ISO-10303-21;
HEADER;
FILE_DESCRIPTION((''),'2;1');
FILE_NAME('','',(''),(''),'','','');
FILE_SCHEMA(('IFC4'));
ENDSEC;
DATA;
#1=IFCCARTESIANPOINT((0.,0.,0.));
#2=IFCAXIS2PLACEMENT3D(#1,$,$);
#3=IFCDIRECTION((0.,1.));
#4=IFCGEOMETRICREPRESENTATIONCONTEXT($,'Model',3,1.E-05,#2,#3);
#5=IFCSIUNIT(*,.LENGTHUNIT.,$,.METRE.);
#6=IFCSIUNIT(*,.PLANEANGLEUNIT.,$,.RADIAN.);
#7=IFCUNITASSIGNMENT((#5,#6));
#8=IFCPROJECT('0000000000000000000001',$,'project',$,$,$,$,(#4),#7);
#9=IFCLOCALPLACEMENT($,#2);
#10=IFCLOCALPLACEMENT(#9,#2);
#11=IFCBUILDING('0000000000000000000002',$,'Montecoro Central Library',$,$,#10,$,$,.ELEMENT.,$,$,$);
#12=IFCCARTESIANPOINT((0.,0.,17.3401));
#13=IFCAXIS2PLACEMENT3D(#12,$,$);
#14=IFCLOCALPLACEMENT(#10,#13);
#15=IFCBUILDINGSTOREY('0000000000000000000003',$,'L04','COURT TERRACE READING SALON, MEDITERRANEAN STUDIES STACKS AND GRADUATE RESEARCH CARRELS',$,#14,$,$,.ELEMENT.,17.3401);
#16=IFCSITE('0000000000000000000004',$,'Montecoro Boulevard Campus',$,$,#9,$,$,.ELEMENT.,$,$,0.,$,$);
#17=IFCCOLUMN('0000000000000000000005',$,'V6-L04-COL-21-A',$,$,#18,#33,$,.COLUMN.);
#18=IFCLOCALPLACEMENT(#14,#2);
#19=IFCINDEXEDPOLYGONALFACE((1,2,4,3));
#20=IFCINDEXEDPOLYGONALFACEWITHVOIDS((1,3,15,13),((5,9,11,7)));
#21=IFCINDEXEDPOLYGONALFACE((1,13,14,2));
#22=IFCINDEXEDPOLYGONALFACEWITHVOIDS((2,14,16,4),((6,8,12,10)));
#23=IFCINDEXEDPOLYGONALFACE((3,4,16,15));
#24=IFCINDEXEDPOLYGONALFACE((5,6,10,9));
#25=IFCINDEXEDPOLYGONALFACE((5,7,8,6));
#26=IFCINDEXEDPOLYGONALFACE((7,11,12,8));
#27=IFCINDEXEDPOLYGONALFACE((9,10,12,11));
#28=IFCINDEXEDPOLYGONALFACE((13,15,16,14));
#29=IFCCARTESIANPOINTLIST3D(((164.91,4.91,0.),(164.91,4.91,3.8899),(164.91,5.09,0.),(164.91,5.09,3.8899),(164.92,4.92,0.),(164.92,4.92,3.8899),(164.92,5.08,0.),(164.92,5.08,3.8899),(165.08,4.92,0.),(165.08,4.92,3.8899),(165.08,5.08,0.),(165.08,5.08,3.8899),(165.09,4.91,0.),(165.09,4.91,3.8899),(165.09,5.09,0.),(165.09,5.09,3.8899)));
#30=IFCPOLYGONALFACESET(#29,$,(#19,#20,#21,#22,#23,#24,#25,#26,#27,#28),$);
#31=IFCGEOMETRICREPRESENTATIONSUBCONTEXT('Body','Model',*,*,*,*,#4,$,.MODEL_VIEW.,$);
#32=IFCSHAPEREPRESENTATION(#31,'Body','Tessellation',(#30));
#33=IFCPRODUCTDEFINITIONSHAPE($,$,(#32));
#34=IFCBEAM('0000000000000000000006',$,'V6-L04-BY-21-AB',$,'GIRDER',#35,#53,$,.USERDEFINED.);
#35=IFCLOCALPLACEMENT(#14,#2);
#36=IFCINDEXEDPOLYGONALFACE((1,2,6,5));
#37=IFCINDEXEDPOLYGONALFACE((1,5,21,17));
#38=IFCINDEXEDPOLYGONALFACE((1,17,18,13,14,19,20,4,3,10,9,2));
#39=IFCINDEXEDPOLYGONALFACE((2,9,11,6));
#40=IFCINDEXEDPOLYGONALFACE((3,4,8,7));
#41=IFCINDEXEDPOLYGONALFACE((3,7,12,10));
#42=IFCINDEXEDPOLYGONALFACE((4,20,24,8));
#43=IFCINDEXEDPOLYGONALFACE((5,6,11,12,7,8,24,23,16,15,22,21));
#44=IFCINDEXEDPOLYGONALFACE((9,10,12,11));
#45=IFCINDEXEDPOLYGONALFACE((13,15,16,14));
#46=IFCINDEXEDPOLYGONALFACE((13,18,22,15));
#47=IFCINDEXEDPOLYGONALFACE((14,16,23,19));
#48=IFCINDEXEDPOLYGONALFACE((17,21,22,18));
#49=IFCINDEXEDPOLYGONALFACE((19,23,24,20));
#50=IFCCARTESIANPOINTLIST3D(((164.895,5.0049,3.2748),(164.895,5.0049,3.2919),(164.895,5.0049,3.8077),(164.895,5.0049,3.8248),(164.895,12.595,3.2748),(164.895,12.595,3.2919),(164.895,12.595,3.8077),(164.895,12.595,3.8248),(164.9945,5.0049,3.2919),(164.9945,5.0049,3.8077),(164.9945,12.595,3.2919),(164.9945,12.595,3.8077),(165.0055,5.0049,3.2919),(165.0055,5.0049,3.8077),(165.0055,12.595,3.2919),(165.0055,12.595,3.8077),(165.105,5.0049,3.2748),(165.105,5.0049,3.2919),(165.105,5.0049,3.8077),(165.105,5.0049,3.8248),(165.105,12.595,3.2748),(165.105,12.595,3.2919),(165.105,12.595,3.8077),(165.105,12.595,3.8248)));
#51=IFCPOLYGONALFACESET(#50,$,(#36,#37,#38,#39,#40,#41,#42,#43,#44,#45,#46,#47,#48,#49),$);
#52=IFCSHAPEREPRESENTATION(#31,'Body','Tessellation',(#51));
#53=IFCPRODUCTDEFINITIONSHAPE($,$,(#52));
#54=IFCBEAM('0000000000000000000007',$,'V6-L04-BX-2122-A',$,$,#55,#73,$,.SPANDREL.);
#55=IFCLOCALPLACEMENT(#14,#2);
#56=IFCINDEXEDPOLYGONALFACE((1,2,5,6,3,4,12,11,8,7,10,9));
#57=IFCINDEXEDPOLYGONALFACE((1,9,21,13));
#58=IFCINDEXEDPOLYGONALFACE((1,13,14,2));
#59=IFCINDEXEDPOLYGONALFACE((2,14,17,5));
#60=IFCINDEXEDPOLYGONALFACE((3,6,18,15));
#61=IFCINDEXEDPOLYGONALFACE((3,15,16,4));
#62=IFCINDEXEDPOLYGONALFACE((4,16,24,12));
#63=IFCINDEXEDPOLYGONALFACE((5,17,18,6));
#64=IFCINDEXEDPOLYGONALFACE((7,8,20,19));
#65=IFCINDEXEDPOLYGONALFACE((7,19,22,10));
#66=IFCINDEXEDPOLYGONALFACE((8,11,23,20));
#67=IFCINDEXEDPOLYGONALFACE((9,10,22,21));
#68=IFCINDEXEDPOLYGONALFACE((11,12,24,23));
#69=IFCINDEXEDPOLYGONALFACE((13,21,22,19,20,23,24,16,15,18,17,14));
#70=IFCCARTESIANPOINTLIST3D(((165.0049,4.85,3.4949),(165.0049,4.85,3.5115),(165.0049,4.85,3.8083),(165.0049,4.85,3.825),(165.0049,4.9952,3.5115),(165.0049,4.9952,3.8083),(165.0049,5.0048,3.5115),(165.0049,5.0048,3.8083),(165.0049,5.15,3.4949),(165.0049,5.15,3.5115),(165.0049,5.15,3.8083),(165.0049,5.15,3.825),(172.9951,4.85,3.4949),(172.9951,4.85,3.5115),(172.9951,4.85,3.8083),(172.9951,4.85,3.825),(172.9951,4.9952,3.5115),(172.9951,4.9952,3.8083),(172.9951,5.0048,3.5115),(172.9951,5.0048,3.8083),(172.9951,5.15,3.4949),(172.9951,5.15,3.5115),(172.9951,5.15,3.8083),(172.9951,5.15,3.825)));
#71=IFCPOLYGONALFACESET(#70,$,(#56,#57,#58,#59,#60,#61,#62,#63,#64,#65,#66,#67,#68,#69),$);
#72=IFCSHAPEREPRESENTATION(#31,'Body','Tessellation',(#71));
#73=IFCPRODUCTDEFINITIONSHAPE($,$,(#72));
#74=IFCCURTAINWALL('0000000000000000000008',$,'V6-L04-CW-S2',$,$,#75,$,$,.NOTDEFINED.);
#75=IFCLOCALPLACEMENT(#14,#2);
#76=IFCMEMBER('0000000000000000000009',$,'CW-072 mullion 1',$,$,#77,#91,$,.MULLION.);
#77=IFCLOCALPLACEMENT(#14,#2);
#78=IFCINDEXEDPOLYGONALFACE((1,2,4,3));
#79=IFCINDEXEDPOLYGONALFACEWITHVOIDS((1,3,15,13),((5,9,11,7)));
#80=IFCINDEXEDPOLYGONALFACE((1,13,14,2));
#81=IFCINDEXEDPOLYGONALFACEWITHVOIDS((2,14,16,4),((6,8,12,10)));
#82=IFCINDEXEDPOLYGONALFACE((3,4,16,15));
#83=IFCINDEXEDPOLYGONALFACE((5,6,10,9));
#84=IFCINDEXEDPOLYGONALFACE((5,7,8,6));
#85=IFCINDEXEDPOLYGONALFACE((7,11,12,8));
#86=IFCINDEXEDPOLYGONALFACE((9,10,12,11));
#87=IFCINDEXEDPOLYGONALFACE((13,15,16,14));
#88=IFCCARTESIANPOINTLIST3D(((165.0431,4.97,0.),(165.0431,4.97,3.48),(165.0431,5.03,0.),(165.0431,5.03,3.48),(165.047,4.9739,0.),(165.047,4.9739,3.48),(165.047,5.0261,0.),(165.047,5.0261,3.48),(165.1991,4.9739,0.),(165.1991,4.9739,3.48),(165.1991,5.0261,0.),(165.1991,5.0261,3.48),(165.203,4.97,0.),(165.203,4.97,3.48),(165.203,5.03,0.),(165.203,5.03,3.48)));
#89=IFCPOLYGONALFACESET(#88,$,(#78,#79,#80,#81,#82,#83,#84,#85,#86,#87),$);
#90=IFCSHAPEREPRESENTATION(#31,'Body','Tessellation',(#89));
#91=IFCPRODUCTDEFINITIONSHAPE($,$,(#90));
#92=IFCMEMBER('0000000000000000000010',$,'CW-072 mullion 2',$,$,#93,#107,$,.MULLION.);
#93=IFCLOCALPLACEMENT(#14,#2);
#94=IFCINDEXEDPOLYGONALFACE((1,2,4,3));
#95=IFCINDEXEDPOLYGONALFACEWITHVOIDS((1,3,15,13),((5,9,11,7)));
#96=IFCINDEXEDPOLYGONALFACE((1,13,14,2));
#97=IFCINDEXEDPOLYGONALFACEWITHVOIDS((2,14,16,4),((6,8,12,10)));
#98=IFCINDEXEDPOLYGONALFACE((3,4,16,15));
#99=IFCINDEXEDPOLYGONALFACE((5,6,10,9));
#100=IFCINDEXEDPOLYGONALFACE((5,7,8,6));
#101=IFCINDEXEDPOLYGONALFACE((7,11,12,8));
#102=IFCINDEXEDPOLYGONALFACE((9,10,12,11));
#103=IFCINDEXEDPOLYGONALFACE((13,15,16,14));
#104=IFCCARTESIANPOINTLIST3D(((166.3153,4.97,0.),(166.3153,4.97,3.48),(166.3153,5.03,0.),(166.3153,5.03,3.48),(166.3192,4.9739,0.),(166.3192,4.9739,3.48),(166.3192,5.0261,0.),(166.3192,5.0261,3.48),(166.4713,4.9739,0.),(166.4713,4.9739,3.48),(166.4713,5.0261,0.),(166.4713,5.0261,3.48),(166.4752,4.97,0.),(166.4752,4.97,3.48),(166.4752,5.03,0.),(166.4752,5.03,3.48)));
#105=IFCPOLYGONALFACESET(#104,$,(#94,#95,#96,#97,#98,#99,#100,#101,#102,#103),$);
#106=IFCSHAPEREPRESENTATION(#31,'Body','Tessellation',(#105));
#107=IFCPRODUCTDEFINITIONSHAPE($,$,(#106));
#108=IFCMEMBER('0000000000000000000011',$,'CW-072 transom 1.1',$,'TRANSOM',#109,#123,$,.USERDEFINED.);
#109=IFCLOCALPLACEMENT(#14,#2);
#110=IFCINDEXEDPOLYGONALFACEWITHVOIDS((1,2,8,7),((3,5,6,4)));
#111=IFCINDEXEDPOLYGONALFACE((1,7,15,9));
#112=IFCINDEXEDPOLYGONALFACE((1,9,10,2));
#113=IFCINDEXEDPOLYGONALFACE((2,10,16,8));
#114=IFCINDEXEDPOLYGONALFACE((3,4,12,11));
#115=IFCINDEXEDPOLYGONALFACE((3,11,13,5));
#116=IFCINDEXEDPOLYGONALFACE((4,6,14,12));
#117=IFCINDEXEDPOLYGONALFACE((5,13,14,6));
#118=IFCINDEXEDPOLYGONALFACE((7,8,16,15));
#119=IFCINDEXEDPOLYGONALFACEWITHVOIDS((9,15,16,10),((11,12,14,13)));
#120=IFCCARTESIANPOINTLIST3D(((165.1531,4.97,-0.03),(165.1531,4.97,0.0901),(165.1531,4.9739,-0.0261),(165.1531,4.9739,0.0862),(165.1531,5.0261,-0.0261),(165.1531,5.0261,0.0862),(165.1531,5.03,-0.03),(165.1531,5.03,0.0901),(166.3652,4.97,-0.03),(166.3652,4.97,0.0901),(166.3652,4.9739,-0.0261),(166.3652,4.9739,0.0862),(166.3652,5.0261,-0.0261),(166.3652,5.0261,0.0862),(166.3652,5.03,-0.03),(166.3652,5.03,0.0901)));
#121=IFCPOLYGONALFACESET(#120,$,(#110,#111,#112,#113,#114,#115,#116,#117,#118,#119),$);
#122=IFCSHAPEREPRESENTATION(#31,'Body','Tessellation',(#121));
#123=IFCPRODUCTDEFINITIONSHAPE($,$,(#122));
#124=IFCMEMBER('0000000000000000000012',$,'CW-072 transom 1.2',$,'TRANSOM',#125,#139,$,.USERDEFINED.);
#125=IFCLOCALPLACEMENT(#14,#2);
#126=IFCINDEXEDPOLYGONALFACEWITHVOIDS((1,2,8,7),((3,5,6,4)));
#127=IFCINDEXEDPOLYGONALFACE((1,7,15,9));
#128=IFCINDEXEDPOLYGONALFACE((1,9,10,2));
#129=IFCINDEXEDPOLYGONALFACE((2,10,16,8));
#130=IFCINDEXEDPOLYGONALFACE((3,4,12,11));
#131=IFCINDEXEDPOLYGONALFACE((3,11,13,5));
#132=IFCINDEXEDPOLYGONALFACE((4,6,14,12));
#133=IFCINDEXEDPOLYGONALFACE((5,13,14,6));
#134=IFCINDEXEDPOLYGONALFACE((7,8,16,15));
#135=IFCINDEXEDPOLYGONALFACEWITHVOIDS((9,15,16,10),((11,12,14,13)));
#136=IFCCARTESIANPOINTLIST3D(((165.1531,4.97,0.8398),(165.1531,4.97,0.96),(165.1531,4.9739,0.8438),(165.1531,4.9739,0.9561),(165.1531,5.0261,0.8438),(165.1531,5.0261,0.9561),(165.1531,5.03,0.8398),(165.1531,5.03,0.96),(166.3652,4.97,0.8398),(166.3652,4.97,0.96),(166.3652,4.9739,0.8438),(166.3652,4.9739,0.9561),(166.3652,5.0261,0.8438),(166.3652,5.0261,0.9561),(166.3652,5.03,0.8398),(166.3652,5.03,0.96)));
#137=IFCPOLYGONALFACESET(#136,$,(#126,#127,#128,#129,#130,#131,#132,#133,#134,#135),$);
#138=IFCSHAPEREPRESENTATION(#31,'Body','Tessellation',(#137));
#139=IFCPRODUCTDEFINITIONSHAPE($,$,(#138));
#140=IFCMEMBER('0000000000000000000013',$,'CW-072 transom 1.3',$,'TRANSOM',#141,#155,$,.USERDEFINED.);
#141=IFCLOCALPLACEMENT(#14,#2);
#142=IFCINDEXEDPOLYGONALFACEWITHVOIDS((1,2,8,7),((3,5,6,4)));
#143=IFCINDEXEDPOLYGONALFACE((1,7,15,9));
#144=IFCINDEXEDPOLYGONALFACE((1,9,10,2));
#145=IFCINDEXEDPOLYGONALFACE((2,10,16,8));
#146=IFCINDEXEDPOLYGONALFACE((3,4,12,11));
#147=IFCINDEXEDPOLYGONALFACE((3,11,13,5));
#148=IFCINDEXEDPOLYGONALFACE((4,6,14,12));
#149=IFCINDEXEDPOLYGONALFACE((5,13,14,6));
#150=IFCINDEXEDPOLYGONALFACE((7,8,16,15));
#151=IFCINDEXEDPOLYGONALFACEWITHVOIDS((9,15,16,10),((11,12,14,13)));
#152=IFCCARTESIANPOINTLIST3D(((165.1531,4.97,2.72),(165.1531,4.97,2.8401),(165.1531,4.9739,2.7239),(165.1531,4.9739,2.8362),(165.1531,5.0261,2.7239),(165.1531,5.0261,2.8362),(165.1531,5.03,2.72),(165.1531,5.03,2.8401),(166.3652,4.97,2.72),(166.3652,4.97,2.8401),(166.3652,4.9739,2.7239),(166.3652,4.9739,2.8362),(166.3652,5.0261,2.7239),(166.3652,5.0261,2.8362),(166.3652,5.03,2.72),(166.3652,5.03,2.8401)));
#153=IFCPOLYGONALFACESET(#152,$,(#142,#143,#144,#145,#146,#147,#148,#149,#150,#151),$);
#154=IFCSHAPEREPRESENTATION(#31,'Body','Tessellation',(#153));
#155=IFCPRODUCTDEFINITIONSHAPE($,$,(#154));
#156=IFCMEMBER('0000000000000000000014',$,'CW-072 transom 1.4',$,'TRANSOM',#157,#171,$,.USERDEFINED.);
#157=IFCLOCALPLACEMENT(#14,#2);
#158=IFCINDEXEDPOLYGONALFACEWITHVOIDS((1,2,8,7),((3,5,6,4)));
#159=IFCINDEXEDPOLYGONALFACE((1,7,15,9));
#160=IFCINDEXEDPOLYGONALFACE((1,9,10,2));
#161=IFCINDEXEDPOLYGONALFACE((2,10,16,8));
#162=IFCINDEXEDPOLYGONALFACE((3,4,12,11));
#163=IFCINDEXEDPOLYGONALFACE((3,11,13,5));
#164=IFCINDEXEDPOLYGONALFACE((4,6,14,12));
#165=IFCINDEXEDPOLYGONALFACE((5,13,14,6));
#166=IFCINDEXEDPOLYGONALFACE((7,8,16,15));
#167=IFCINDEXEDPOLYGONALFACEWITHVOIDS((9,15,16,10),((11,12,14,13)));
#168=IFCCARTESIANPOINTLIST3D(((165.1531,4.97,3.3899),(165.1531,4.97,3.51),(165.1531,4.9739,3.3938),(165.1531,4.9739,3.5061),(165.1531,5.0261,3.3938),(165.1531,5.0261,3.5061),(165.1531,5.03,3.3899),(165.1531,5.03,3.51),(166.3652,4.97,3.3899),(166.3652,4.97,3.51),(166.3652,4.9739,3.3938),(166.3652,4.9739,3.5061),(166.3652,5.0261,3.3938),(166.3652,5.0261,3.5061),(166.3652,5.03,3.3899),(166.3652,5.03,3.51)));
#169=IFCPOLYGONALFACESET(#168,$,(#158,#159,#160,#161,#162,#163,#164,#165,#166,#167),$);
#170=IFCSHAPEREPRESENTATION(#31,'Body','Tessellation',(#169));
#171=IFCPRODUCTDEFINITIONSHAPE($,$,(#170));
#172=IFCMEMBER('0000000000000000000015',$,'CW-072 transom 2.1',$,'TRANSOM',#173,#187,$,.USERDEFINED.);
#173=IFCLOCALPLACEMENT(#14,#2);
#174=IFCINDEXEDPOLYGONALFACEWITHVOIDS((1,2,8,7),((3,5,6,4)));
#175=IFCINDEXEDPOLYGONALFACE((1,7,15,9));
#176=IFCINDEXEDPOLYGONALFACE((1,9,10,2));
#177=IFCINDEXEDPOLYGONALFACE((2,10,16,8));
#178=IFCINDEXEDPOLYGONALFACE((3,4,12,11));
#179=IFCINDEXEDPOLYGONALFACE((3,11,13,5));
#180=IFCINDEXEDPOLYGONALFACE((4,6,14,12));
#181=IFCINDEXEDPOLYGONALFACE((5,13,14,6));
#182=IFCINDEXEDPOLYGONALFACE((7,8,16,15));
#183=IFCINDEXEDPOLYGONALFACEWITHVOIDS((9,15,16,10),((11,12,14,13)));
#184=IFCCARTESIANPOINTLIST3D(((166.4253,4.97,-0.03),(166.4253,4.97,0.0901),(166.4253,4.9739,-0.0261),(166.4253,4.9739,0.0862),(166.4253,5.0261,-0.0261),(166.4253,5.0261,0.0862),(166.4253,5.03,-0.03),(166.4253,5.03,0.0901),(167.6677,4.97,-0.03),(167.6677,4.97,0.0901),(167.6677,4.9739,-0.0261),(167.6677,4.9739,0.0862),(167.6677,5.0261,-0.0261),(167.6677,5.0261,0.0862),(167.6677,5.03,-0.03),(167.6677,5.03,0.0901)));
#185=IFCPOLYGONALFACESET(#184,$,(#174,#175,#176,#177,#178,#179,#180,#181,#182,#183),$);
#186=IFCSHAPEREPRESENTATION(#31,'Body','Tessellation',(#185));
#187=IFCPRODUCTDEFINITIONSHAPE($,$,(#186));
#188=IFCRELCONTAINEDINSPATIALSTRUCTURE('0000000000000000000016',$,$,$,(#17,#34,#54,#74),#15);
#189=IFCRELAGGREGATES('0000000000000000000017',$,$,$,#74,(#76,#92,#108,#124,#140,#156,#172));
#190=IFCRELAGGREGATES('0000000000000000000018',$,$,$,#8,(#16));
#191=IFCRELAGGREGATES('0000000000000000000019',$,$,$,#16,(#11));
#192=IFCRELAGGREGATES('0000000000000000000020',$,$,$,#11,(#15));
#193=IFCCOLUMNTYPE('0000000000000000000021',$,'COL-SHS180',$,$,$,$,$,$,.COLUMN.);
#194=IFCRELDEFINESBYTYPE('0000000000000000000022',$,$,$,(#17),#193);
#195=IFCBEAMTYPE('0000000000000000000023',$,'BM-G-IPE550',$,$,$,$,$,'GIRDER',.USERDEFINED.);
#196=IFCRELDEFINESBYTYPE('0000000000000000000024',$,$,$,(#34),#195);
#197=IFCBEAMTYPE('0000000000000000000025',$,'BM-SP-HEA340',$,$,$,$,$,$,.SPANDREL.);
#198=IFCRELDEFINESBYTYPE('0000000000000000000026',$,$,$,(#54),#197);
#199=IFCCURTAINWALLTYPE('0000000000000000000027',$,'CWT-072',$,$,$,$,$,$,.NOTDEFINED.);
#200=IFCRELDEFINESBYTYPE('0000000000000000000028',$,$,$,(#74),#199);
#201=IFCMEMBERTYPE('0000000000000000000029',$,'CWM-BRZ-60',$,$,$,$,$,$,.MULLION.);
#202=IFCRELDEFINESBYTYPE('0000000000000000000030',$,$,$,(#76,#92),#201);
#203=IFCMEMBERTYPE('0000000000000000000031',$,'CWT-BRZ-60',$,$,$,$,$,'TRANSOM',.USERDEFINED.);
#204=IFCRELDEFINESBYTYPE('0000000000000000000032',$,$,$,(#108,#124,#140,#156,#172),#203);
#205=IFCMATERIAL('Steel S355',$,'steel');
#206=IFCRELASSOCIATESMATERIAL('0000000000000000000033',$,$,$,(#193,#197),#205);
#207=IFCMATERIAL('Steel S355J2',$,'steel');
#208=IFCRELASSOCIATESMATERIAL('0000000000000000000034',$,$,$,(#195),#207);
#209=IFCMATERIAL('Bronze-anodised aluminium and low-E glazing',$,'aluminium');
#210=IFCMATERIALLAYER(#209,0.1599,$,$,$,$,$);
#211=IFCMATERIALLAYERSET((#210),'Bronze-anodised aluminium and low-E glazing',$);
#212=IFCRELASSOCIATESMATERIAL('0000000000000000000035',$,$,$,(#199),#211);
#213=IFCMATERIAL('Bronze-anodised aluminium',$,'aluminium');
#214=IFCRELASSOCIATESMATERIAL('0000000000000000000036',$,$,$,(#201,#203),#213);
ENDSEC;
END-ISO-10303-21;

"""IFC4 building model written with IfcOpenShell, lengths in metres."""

from ifc_helpers import new_model, si_unit, direction, frame, origin, origin_2d, place, context, subcontext, project, spatial, hollow_rectangle, i_section, extrude, material, layer, layer_set, material_profile, profile_set, type_object, element, aggregate, save


model = new_model("IFC4")

# Units and contexts
model_context = context("Model", 3, precision=1e-05, world=origin(), true_north=direction((0.0, 1.0)))
body_context = subcontext(model_context, "Body", "Model", "MODEL_VIEW")
ifc_project = project(units=[si_unit("LENGTHUNIT", "METRE"), si_unit("PLANEANGLEUNIT", "RADIAN")], contexts=[model_context])

# Site, building, storey
site_placement = place(None, origin())
site = spatial("IfcSite", under=ifc_project, at=site_placement, Name="Montecoro Boulevard Campus", CompositionType="ELEMENT", RefElevation=0.0)
building_placement = place(site_placement, origin())
building = spatial("IfcBuilding", under=site, at=building_placement, Name="Montecoro Central Library", CompositionType="ELEMENT")
storey_placement = place(building_placement, frame((0.0, 0.0, 17.3401)))
storey = spatial("IfcBuildingStorey", under=building, at=storey_placement, Name="L04", Description="COURT TERRACE READING SALON, MEDITERRANEAN STUDIES STACKS AND GRADUATE RESEARCH CARRELS", CompositionType="ELEMENT", Elevation=17.3401)

# Column
ifc_material_1 = material(Name="Steel S355", Category="steel")
ifc_material_profile_1 = material_profile(ifc_material_1, hollow_rectangle(XDim=0.1799, YDim=0.1799, WallThickness=0.01, at=origin_2d()), Name="SHS 180x180x10.0")
ifc_profile_set_1 = profile_set([ifc_material_profile_1], Name="Steel S355")
column_type = type_object("IfcColumnType", Name="COL-SHS180", PredefinedType="COLUMN", material=ifc_profile_set_1)
column_placement = place(storey_placement, frame((165.0, 5.0, 0.0), z_axis=(0.0, 0.0, 1.0), x_axis=(1.0, 0.0, 0.0)))
element("IfcColumn", 1, at=column_placement, inside=storey, type_object=column_type, Name="V6-L04-COL-21-A", PredefinedType="COLUMN", context=body_context, shape_type="SweptSolid", body=[
    extrude(hollow_rectangle(XDim=0.1799, YDim=0.1799, WallThickness=0.01, at=origin_2d()), origin(), (0.0, 0.0, 1.0), 3.8899),
])

# Beams
ifc_material_2 = material(Name="Steel S355J2", Category="steel")
ifc_material_profile_2 = material_profile(ifc_material_2, i_section(OverallWidth=0.21, OverallDepth=0.55, WebThickness=0.011, FlangeThickness=0.0171, at=origin_2d()), Name="IPE 550")
ifc_profile_set_2 = profile_set([ifc_material_profile_2], Name="Steel S355J2")
beam_type_1 = type_object("IfcBeamType", Name="BM-G-IPE550", ElementType="GIRDER", PredefinedType="USERDEFINED", material=ifc_profile_set_2)
beam_1_placement = place(storey_placement, frame((165.0, 5.0049, 3.5498), z_axis=(0.0, 1.0, 0.0), x_axis=(-1.0, 0.0, 0.0)))
element("IfcBeam", 2, at=beam_1_placement, inside=storey, type_object=beam_type_1, Name="V6-L04-BY-21-AB", ObjectType="GIRDER", PredefinedType="USERDEFINED", context=body_context, shape_type="SweptSolid", body=[
    extrude(i_section(OverallWidth=0.21, OverallDepth=0.55, WebThickness=0.011, FlangeThickness=0.0171, at=origin_2d()), origin(), (0.0, 0.0, 1.0), 7.5901),
])
ifc_material_profile_3 = material_profile(ifc_material_1, i_section(OverallWidth=0.3, OverallDepth=0.3301, WebThickness=0.0095, FlangeThickness=0.0166, at=origin_2d()), Name="HEA 340")
ifc_profile_set_3 = profile_set([ifc_material_profile_3], Name="Steel S355")
beam_type_2 = type_object("IfcBeamType", Name="BM-SP-HEA340", PredefinedType="SPANDREL", material=ifc_profile_set_3)
beam_2_placement = place(storey_placement, frame((165.0049, 5.0, 3.6599), z_axis=(1.0, 0.0, 0.0), x_axis=(0.0, 1.0, 0.0)))
element("IfcBeam", 3, at=beam_2_placement, inside=storey, type_object=beam_type_2, Name="V6-L04-BX-2122-A", PredefinedType="SPANDREL", context=body_context, shape_type="SweptSolid", body=[
    extrude(i_section(OverallWidth=0.3, OverallDepth=0.3301, WebThickness=0.0095, FlangeThickness=0.0166, at=origin_2d()), origin(), (0.0, 0.0, 1.0), 7.9902),
])

# Curtain wall, members
ifc_material_3 = material(Name="Bronze-anodised aluminium and low-E glazing", Category="aluminium")
ifc_layer_1 = layer(ifc_material_3, 0.1599)
ifc_layer_set_1 = layer_set([ifc_layer_1], Name="Bronze-anodised aluminium and low-E glazing")
curtain_wall_type = type_object("IfcCurtainWallType", Name="CWT-072", PredefinedType="NOTDEFINED", material=ifc_layer_set_1)
curtain_wall_placement = place(storey_placement, origin())
curtain_wall = element("IfcCurtainWall", 4, at=curtain_wall_placement, inside=storey, type_object=curtain_wall_type, Name="V6-L04-CW-S2", PredefinedType="NOTDEFINED")
ifc_material_4 = material(Name="Bronze-anodised aluminium", Category="aluminium")
ifc_material_profile_4 = material_profile(ifc_material_4, hollow_rectangle(XDim=0.0601, YDim=0.1599, WallThickness=0.0039, at=origin_2d()), Name="CWM 160x60x4.0")
ifc_profile_set_4 = profile_set([ifc_material_profile_4], Name="Bronze-anodised aluminium")
member_type_1 = type_object("IfcMemberType", Name="CWM-BRZ-60", PredefinedType="MULLION", material=ifc_profile_set_4)
member_1_placement = place(storey_placement, frame((165.123, 5.0, 0.0), z_axis=(0.0, 0.0, 1.0), x_axis=(0.0, 1.0, 0.0)))
member_1 = element("IfcMember", 5, at=member_1_placement, type_object=member_type_1, Name="CW-072 mullion 1", PredefinedType="MULLION", context=body_context, shape_type="SweptSolid", body=[
    extrude(hollow_rectangle(XDim=0.0601, YDim=0.1599, WallThickness=0.0039, at=origin_2d()), origin(), (0.0, 0.0, 1.0), 3.48),
])
member_2_placement = place(storey_placement, frame((166.3953, 5.0, 0.0), z_axis=(0.0, 0.0, 1.0), x_axis=(0.0, 1.0, 0.0)))
member_2 = element("IfcMember", 6, at=member_2_placement, type_object=member_type_1, Name="CW-072 mullion 2", PredefinedType="MULLION", context=body_context, shape_type="SweptSolid", body=[
    extrude(hollow_rectangle(XDim=0.0601, YDim=0.1599, WallThickness=0.0039, at=origin_2d()), origin(), (0.0, 0.0, 1.0), 3.48),
])
ifc_material_profile_5 = material_profile(ifc_material_4, hollow_rectangle(XDim=0.0601, YDim=0.1201, WallThickness=0.0039, at=origin_2d()), Name="CWT 120x60x4.0")
ifc_profile_set_5 = profile_set([ifc_material_profile_5], Name="Bronze-anodised aluminium")
member_type_2 = type_object("IfcMemberType", Name="CWT-BRZ-60", ElementType="TRANSOM", PredefinedType="USERDEFINED", material=ifc_profile_set_5)
member_3_placement = place(storey_placement, frame((165.1531, 5.0, 0.03), z_axis=(1.0, 0.0, 0.0), x_axis=(0.0, 1.0, 0.0)))
member_3 = element("IfcMember", 7, at=member_3_placement, type_object=member_type_2, Name="CW-072 transom 1.1", ObjectType="TRANSOM", PredefinedType="USERDEFINED", context=body_context, shape_type="SweptSolid", body=[
    extrude(hollow_rectangle(XDim=0.0601, YDim=0.1201, WallThickness=0.0039, at=origin_2d()), origin(), (0.0, 0.0, 1.0), 1.2122),
])
member_4_placement = place(storey_placement, frame((165.1531, 5.0, 0.8999), z_axis=(1.0, 0.0, 0.0), x_axis=(0.0, 1.0, 0.0)))
member_4 = element("IfcMember", 8, at=member_4_placement, type_object=member_type_2, Name="CW-072 transom 1.2", ObjectType="TRANSOM", PredefinedType="USERDEFINED", context=body_context, shape_type="SweptSolid", body=[
    extrude(hollow_rectangle(XDim=0.0601, YDim=0.1201, WallThickness=0.0039, at=origin_2d()), origin(), (0.0, 0.0, 1.0), 1.2122),
])
member_5_placement = place(storey_placement, frame((165.1531, 5.0, 2.78), z_axis=(1.0, 0.0, 0.0), x_axis=(0.0, 1.0, 0.0)))
member_5 = element("IfcMember", 9, at=member_5_placement, type_object=member_type_2, Name="CW-072 transom 1.3", ObjectType="TRANSOM", PredefinedType="USERDEFINED", context=body_context, shape_type="SweptSolid", body=[
    extrude(hollow_rectangle(XDim=0.0601, YDim=0.1201, WallThickness=0.0039, at=origin_2d()), origin(), (0.0, 0.0, 1.0), 1.2122),
])
member_6_placement = place(storey_placement, frame((165.1531, 5.0, 3.45), z_axis=(1.0, 0.0, 0.0), x_axis=(0.0, 1.0, 0.0)))
member_6 = element("IfcMember", 10, at=member_6_placement, type_object=member_type_2, Name="CW-072 transom 1.4", ObjectType="TRANSOM", PredefinedType="USERDEFINED", context=body_context, shape_type="SweptSolid", body=[
    extrude(hollow_rectangle(XDim=0.0601, YDim=0.1201, WallThickness=0.0039, at=origin_2d()), origin(), (0.0, 0.0, 1.0), 1.2122),
])
member_7_placement = place(storey_placement, frame((166.4253, 5.0, 0.03), z_axis=(1.0, 0.0, 0.0), x_axis=(0.0, 1.0, 0.0)))
member_7 = element("IfcMember", 11, at=member_7_placement, type_object=member_type_2, Name="CW-072 transom 2.1", ObjectType="TRANSOM", PredefinedType="USERDEFINED", context=body_context, shape_type="SweptSolid", body=[
    extrude(hollow_rectangle(XDim=0.0601, YDim=0.1201, WallThickness=0.0039, at=origin_2d()), origin(), (0.0, 0.0, 1.0), 1.2424),
])
aggregate(curtain_wall, [member_1, member_2, member_3, member_4, member_5, member_6, member_7])

save(model, "model.ifc")
